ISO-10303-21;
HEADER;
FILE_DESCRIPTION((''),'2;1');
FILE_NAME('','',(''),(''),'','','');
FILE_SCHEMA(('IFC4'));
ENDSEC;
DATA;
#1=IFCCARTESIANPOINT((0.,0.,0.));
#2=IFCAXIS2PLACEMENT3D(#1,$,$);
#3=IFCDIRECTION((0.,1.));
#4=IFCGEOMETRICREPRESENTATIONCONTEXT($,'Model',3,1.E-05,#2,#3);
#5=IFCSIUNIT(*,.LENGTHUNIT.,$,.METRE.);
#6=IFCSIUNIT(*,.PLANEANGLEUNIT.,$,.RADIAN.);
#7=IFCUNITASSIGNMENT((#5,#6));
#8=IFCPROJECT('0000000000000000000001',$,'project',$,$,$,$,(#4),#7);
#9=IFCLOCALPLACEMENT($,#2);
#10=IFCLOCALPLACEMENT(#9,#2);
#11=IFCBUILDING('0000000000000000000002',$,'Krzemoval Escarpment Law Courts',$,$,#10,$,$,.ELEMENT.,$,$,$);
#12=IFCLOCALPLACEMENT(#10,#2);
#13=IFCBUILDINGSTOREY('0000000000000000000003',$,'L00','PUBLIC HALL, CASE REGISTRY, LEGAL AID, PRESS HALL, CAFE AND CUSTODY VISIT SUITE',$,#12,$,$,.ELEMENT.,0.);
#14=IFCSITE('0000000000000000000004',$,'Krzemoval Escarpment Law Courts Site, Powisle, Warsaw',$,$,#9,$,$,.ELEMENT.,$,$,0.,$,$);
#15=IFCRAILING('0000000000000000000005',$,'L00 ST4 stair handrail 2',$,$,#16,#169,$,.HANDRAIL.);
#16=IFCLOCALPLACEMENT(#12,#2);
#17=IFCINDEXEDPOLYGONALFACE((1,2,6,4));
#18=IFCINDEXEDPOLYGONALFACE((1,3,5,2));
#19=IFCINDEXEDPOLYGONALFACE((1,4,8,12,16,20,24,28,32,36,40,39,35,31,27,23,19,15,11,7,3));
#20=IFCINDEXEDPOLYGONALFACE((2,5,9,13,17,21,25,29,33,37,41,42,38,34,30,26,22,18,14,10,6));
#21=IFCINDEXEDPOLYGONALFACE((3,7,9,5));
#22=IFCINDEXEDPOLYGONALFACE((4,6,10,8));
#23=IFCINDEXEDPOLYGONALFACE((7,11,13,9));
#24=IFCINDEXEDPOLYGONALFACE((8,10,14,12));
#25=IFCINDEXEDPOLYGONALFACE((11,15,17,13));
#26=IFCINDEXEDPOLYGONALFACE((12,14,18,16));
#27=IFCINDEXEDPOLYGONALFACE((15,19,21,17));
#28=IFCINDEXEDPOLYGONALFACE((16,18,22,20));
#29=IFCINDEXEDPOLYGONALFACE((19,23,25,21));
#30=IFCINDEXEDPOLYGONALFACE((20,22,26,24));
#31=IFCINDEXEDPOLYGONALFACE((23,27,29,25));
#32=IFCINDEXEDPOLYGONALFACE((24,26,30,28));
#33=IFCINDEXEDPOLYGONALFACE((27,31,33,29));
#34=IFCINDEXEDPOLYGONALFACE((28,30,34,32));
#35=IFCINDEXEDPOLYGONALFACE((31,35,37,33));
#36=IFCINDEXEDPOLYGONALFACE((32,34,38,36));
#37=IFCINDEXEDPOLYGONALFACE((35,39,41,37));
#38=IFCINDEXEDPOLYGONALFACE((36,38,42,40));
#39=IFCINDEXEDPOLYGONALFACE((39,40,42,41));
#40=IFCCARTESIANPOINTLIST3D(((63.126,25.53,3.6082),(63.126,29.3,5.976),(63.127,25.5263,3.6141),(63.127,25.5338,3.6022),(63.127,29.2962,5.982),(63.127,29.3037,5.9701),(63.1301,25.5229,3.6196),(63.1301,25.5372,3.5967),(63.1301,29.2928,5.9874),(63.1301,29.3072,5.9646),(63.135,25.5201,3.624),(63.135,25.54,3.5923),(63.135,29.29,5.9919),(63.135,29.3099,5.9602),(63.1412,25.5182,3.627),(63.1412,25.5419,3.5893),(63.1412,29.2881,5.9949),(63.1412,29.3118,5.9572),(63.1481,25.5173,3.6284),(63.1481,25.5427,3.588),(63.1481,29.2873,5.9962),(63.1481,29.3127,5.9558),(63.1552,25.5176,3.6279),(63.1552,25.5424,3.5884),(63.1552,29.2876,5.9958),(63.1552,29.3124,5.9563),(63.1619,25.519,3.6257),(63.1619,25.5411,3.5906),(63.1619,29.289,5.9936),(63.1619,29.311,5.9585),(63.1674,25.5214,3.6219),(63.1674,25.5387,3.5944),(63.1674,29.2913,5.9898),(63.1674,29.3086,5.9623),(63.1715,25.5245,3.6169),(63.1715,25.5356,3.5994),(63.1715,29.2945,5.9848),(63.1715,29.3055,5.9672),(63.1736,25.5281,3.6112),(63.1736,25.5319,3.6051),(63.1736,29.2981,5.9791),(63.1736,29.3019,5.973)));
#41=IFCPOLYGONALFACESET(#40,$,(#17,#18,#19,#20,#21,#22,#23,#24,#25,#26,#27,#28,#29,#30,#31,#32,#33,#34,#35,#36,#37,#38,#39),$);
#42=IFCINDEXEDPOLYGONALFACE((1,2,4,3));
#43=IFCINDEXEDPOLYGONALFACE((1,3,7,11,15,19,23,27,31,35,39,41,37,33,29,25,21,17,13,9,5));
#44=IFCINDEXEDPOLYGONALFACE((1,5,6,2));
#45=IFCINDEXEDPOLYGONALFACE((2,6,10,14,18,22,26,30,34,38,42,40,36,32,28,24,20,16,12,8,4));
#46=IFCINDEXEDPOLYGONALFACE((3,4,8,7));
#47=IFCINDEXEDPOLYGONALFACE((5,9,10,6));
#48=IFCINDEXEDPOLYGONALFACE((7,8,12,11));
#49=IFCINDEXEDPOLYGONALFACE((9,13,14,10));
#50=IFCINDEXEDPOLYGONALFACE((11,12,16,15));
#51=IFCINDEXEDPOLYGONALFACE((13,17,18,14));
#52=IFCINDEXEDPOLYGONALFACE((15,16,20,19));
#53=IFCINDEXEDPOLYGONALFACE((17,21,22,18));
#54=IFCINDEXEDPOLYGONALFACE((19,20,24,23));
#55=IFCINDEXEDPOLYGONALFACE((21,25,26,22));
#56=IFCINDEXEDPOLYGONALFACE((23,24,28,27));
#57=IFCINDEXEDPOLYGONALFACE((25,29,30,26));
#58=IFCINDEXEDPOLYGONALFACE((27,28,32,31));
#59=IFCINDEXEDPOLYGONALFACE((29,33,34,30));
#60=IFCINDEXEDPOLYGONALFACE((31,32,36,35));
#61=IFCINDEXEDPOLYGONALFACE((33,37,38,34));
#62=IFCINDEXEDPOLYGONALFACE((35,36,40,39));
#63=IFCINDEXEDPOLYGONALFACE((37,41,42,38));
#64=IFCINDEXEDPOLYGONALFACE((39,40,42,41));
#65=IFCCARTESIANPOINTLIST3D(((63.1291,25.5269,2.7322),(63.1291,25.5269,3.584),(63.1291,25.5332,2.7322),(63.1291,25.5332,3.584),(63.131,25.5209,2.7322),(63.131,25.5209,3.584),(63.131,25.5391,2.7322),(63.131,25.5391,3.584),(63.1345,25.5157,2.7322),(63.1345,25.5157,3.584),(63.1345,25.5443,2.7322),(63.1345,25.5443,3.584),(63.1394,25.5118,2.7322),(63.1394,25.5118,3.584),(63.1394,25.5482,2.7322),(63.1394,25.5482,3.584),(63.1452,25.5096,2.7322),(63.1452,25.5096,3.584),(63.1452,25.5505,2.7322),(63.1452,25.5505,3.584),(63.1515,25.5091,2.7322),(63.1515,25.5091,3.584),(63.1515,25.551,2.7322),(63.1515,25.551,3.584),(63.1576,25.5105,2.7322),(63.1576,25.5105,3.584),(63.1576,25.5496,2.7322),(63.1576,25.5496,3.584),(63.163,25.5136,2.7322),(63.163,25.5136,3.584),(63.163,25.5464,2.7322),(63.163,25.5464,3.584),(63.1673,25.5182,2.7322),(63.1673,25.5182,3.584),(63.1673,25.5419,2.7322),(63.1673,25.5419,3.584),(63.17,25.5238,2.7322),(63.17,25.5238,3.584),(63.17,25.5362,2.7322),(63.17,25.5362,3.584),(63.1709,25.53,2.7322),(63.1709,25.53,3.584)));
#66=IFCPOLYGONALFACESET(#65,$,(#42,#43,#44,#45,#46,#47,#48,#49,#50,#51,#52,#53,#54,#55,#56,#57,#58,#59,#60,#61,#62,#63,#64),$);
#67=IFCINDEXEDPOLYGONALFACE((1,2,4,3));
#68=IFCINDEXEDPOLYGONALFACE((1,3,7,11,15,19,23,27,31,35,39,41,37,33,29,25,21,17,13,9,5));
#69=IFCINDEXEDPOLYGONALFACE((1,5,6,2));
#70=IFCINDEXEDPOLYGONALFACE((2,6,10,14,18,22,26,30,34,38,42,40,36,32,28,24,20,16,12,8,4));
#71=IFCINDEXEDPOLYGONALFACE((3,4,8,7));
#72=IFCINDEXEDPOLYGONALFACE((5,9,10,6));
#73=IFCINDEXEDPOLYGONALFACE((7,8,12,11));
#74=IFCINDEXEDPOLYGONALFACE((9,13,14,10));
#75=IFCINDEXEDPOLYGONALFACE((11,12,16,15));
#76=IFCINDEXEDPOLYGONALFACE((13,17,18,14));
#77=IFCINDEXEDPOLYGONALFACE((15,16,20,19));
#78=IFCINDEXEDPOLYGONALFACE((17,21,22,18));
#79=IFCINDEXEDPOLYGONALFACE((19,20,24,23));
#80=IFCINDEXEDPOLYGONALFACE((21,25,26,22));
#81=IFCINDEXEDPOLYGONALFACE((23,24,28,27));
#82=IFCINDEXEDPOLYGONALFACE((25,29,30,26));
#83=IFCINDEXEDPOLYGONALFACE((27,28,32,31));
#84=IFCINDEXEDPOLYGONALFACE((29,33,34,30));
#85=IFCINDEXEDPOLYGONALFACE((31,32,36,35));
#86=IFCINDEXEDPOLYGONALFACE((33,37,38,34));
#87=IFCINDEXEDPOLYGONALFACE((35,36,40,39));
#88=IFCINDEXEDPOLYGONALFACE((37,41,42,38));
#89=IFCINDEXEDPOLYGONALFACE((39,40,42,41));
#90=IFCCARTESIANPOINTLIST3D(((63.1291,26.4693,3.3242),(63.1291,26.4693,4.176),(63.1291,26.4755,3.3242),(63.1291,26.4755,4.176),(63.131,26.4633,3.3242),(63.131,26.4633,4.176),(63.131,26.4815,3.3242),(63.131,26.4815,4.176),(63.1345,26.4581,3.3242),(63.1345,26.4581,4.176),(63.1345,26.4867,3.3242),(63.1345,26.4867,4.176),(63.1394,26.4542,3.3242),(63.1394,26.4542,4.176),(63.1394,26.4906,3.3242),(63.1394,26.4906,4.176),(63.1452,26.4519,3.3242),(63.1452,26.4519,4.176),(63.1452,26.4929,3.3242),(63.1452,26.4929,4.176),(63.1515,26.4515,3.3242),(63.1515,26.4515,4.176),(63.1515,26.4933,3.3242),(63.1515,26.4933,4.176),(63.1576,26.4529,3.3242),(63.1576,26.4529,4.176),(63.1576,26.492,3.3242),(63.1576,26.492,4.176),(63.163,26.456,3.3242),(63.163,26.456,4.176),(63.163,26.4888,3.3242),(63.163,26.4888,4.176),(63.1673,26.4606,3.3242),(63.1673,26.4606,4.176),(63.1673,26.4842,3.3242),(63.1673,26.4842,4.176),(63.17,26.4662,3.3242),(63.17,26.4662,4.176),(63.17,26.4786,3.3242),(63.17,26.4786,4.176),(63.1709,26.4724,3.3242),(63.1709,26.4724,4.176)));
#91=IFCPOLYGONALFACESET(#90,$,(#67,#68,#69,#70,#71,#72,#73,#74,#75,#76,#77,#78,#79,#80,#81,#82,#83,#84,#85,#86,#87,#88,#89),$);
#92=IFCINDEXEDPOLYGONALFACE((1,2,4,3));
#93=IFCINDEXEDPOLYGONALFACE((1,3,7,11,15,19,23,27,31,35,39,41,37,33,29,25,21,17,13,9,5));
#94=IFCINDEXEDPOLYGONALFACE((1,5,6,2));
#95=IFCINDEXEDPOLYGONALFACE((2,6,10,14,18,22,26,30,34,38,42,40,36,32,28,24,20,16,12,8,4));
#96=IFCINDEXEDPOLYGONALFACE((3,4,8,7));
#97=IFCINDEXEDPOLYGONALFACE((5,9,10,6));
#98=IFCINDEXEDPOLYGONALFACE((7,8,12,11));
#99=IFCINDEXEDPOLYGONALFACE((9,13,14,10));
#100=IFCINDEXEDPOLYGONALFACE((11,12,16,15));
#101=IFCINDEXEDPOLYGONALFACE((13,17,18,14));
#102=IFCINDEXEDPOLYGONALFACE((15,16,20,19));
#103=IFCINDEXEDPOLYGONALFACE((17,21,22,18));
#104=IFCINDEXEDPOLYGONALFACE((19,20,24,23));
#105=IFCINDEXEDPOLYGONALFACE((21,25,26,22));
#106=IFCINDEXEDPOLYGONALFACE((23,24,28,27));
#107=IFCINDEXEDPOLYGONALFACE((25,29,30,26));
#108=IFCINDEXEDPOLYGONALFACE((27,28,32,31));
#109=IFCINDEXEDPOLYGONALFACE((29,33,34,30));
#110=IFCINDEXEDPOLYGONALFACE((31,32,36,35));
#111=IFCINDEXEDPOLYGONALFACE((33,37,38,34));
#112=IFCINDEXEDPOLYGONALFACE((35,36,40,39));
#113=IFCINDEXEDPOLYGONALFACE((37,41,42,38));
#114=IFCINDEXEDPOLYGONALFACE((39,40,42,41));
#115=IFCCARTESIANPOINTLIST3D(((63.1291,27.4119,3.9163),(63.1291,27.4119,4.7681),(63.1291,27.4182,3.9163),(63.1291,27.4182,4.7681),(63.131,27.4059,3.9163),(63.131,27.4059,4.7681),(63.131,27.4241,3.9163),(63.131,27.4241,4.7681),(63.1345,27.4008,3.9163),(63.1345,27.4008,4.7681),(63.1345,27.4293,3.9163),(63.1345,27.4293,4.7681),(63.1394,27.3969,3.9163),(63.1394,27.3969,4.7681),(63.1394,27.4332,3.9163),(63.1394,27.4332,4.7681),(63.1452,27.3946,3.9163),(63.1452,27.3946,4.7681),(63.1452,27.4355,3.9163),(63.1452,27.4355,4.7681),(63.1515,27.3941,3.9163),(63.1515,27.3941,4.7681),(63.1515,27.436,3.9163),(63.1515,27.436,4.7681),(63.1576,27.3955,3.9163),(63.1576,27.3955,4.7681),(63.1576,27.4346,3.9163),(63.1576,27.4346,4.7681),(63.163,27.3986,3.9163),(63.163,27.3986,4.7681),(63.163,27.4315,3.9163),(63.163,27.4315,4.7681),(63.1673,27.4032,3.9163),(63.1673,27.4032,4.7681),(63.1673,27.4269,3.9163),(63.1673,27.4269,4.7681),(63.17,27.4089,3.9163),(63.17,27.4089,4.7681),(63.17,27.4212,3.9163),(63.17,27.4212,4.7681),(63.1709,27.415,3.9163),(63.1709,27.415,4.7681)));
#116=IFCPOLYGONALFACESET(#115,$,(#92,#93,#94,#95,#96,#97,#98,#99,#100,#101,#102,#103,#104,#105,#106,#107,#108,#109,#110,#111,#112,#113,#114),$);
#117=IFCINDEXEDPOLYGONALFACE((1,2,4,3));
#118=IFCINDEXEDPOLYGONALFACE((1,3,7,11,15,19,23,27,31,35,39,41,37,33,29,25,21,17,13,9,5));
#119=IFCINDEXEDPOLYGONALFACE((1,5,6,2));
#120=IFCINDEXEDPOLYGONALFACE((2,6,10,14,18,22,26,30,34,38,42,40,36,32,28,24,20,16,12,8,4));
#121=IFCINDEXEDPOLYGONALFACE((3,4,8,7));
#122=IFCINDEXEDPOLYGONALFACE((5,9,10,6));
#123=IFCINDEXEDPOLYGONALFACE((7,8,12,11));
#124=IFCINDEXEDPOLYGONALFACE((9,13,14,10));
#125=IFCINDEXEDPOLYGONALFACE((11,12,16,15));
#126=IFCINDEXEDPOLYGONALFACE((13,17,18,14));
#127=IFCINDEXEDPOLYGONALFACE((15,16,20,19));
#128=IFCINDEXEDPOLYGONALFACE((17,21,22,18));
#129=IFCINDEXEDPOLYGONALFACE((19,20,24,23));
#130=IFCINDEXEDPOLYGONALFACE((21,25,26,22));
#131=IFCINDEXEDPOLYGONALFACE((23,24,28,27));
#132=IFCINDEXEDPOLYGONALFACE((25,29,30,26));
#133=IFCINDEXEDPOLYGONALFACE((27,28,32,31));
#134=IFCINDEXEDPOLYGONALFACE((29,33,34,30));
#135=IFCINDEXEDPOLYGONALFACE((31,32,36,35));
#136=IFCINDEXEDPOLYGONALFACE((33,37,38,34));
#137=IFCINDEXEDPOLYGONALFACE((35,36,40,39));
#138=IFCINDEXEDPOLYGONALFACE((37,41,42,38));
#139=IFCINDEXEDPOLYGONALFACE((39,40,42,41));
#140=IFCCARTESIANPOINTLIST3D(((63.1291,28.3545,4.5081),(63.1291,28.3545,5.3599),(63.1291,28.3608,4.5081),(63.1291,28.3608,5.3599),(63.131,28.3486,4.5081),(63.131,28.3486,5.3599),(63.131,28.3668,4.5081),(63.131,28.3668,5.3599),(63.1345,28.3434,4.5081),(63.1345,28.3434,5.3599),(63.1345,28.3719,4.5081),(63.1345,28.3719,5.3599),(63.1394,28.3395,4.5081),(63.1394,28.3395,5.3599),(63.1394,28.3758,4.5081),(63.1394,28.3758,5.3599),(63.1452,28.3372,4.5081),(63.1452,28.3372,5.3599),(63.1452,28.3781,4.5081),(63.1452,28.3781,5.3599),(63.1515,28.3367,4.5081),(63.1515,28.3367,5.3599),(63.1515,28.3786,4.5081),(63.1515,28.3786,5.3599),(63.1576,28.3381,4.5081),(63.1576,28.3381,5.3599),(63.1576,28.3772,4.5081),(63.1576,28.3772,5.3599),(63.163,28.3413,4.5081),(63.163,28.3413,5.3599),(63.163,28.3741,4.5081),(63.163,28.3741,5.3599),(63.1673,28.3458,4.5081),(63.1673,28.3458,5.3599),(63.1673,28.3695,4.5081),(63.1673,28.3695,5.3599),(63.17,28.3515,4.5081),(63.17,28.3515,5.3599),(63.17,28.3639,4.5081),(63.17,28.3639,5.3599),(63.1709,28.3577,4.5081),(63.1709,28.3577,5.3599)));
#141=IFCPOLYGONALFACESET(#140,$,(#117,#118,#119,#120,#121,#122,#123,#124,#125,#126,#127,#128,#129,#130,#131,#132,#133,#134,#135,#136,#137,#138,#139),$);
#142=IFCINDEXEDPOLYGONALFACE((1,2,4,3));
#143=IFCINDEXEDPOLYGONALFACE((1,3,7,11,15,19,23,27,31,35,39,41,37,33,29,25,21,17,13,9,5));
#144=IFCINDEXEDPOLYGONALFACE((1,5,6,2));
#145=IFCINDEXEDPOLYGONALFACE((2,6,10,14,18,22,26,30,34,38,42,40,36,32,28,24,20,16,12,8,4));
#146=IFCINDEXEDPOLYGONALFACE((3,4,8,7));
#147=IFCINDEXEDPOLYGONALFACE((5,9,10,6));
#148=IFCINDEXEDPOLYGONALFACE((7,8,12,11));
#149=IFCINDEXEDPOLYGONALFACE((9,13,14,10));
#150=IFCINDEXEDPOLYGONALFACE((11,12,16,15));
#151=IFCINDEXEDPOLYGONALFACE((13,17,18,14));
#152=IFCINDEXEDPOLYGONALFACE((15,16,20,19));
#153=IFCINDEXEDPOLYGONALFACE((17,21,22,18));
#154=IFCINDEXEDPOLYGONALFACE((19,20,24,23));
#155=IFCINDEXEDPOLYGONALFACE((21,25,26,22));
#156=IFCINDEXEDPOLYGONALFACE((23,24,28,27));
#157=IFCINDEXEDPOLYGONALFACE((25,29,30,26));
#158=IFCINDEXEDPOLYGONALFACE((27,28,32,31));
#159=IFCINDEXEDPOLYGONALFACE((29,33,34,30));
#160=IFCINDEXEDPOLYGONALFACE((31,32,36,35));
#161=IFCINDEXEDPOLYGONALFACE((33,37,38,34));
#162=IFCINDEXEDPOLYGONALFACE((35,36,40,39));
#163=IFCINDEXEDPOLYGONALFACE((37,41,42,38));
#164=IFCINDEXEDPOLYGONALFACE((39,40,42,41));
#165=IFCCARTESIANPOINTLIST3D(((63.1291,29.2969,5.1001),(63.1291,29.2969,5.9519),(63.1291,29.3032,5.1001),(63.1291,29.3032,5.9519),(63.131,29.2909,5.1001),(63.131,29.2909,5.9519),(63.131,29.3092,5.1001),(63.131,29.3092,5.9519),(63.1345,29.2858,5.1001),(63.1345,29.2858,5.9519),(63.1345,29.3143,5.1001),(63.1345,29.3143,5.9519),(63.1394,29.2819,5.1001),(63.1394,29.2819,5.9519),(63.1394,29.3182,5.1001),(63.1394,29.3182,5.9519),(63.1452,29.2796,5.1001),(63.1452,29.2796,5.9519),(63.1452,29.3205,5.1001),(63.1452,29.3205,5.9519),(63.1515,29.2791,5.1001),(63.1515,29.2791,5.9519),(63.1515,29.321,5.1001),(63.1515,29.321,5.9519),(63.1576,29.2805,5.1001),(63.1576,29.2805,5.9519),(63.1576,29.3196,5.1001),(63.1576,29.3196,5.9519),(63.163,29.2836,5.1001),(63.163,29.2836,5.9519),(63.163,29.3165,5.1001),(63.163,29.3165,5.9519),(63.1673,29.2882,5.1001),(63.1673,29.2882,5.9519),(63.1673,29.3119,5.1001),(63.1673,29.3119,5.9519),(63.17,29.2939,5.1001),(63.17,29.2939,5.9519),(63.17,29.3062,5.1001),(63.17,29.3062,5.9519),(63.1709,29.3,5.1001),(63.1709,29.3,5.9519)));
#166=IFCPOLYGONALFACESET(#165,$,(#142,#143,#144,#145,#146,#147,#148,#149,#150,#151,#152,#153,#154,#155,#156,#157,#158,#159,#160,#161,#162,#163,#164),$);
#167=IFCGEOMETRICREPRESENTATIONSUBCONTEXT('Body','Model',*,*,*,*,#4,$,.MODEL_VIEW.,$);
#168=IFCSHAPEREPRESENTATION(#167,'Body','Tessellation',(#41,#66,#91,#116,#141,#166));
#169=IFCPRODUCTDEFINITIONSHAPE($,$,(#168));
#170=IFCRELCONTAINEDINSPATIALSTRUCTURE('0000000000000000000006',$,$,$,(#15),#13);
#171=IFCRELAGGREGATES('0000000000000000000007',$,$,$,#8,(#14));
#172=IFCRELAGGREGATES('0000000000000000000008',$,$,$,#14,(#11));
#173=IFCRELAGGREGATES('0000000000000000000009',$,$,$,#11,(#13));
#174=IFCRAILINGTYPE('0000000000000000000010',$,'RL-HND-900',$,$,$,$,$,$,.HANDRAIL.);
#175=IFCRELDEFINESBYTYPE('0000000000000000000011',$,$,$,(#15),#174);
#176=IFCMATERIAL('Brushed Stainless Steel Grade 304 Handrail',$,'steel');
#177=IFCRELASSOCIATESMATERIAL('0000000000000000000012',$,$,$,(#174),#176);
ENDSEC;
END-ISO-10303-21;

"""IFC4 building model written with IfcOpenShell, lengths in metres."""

from ifc_helpers import new_model, si_unit, direction, frame, origin, origin_2d, place, context, subcontext, project, spatial, circle, extrude, material, type_object, element, save


model = new_model("IFC4")

# Units and contexts
model_context = context("Model", 3, precision=1e-05, world=origin(), true_north=direction((0.0, 1.0)))
body_context = subcontext(model_context, "Body", "Model", "MODEL_VIEW")
ifc_project = project(units=[si_unit("LENGTHUNIT", "METRE"), si_unit("PLANEANGLEUNIT", "RADIAN")], contexts=[model_context])

# Site, building, storey
site_placement = place(None, origin())
site = spatial("IfcSite", under=ifc_project, at=site_placement, Name="Krzemoval Escarpment Law Courts Site, Powisle, Warsaw", CompositionType="ELEMENT", RefElevation=0.0)
building_placement = place(site_placement, origin())
building = spatial("IfcBuilding", under=site, at=building_placement, Name="Krzemoval Escarpment Law Courts", CompositionType="ELEMENT")
storey_placement = place(building_placement, origin())
storey = spatial("IfcBuildingStorey", under=building, at=storey_placement, Name="L00", Description="PUBLIC HALL, CASE REGISTRY, LEGAL AID, PRESS HALL, CAFE AND CUSTODY VISIT SUITE", CompositionType="ELEMENT", Elevation=0.0)

# Railing
ifc_material_1 = material(Name="Brushed Stainless Steel Grade 304 Handrail", Category="steel")
railing_type_1 = type_object("IfcRailingType", Name="RL-HND-900", PredefinedType="HANDRAIL", material=ifc_material_1)
railing_1_placement = place(storey_placement, frame((63.1499, 25.53, 2.7322)))
element("IfcRailing", 1, at=railing_1_placement, inside=storey, type_object=railing_type_1, Name="L00 ST4 stair handrail 2", PredefinedType="HANDRAIL", context=body_context, shape_type="SweptSolid", body=[
    extrude(circle(Radius=0.0239, at=origin_2d()), frame((0.0, 0.0, 0.876), z_axis=(0.0, 0.846819, 0.531881), x_axis=(-1.0, 0.0, 0.0)), (0.0, 0.0, 1.0), 4.4519),
    extrude(circle(Radius=0.021, at=origin_2d()), origin(), (0.0, 0.0, 1.0), 0.8518),
    extrude(circle(Radius=0.021, at=origin_2d()), frame((0.0, 0.9424, 0.592)), (0.0, 0.0, 1.0), 0.8518),
    extrude(circle(Radius=0.021, at=origin_2d()), frame((0.0, 1.885, 1.1841)), (0.0, 0.0, 1.0), 0.8518),
    extrude(circle(Radius=0.021, at=origin_2d()), frame((0.0, 2.8276, 1.7759)), (0.0, 0.0, 1.0), 0.8518),
    extrude(circle(Radius=0.021, at=origin_2d()), frame((0.0, 3.77, 2.3679)), (0.0, 0.0, 1.0), 0.8518),
])

save(model, "model.ifc")
